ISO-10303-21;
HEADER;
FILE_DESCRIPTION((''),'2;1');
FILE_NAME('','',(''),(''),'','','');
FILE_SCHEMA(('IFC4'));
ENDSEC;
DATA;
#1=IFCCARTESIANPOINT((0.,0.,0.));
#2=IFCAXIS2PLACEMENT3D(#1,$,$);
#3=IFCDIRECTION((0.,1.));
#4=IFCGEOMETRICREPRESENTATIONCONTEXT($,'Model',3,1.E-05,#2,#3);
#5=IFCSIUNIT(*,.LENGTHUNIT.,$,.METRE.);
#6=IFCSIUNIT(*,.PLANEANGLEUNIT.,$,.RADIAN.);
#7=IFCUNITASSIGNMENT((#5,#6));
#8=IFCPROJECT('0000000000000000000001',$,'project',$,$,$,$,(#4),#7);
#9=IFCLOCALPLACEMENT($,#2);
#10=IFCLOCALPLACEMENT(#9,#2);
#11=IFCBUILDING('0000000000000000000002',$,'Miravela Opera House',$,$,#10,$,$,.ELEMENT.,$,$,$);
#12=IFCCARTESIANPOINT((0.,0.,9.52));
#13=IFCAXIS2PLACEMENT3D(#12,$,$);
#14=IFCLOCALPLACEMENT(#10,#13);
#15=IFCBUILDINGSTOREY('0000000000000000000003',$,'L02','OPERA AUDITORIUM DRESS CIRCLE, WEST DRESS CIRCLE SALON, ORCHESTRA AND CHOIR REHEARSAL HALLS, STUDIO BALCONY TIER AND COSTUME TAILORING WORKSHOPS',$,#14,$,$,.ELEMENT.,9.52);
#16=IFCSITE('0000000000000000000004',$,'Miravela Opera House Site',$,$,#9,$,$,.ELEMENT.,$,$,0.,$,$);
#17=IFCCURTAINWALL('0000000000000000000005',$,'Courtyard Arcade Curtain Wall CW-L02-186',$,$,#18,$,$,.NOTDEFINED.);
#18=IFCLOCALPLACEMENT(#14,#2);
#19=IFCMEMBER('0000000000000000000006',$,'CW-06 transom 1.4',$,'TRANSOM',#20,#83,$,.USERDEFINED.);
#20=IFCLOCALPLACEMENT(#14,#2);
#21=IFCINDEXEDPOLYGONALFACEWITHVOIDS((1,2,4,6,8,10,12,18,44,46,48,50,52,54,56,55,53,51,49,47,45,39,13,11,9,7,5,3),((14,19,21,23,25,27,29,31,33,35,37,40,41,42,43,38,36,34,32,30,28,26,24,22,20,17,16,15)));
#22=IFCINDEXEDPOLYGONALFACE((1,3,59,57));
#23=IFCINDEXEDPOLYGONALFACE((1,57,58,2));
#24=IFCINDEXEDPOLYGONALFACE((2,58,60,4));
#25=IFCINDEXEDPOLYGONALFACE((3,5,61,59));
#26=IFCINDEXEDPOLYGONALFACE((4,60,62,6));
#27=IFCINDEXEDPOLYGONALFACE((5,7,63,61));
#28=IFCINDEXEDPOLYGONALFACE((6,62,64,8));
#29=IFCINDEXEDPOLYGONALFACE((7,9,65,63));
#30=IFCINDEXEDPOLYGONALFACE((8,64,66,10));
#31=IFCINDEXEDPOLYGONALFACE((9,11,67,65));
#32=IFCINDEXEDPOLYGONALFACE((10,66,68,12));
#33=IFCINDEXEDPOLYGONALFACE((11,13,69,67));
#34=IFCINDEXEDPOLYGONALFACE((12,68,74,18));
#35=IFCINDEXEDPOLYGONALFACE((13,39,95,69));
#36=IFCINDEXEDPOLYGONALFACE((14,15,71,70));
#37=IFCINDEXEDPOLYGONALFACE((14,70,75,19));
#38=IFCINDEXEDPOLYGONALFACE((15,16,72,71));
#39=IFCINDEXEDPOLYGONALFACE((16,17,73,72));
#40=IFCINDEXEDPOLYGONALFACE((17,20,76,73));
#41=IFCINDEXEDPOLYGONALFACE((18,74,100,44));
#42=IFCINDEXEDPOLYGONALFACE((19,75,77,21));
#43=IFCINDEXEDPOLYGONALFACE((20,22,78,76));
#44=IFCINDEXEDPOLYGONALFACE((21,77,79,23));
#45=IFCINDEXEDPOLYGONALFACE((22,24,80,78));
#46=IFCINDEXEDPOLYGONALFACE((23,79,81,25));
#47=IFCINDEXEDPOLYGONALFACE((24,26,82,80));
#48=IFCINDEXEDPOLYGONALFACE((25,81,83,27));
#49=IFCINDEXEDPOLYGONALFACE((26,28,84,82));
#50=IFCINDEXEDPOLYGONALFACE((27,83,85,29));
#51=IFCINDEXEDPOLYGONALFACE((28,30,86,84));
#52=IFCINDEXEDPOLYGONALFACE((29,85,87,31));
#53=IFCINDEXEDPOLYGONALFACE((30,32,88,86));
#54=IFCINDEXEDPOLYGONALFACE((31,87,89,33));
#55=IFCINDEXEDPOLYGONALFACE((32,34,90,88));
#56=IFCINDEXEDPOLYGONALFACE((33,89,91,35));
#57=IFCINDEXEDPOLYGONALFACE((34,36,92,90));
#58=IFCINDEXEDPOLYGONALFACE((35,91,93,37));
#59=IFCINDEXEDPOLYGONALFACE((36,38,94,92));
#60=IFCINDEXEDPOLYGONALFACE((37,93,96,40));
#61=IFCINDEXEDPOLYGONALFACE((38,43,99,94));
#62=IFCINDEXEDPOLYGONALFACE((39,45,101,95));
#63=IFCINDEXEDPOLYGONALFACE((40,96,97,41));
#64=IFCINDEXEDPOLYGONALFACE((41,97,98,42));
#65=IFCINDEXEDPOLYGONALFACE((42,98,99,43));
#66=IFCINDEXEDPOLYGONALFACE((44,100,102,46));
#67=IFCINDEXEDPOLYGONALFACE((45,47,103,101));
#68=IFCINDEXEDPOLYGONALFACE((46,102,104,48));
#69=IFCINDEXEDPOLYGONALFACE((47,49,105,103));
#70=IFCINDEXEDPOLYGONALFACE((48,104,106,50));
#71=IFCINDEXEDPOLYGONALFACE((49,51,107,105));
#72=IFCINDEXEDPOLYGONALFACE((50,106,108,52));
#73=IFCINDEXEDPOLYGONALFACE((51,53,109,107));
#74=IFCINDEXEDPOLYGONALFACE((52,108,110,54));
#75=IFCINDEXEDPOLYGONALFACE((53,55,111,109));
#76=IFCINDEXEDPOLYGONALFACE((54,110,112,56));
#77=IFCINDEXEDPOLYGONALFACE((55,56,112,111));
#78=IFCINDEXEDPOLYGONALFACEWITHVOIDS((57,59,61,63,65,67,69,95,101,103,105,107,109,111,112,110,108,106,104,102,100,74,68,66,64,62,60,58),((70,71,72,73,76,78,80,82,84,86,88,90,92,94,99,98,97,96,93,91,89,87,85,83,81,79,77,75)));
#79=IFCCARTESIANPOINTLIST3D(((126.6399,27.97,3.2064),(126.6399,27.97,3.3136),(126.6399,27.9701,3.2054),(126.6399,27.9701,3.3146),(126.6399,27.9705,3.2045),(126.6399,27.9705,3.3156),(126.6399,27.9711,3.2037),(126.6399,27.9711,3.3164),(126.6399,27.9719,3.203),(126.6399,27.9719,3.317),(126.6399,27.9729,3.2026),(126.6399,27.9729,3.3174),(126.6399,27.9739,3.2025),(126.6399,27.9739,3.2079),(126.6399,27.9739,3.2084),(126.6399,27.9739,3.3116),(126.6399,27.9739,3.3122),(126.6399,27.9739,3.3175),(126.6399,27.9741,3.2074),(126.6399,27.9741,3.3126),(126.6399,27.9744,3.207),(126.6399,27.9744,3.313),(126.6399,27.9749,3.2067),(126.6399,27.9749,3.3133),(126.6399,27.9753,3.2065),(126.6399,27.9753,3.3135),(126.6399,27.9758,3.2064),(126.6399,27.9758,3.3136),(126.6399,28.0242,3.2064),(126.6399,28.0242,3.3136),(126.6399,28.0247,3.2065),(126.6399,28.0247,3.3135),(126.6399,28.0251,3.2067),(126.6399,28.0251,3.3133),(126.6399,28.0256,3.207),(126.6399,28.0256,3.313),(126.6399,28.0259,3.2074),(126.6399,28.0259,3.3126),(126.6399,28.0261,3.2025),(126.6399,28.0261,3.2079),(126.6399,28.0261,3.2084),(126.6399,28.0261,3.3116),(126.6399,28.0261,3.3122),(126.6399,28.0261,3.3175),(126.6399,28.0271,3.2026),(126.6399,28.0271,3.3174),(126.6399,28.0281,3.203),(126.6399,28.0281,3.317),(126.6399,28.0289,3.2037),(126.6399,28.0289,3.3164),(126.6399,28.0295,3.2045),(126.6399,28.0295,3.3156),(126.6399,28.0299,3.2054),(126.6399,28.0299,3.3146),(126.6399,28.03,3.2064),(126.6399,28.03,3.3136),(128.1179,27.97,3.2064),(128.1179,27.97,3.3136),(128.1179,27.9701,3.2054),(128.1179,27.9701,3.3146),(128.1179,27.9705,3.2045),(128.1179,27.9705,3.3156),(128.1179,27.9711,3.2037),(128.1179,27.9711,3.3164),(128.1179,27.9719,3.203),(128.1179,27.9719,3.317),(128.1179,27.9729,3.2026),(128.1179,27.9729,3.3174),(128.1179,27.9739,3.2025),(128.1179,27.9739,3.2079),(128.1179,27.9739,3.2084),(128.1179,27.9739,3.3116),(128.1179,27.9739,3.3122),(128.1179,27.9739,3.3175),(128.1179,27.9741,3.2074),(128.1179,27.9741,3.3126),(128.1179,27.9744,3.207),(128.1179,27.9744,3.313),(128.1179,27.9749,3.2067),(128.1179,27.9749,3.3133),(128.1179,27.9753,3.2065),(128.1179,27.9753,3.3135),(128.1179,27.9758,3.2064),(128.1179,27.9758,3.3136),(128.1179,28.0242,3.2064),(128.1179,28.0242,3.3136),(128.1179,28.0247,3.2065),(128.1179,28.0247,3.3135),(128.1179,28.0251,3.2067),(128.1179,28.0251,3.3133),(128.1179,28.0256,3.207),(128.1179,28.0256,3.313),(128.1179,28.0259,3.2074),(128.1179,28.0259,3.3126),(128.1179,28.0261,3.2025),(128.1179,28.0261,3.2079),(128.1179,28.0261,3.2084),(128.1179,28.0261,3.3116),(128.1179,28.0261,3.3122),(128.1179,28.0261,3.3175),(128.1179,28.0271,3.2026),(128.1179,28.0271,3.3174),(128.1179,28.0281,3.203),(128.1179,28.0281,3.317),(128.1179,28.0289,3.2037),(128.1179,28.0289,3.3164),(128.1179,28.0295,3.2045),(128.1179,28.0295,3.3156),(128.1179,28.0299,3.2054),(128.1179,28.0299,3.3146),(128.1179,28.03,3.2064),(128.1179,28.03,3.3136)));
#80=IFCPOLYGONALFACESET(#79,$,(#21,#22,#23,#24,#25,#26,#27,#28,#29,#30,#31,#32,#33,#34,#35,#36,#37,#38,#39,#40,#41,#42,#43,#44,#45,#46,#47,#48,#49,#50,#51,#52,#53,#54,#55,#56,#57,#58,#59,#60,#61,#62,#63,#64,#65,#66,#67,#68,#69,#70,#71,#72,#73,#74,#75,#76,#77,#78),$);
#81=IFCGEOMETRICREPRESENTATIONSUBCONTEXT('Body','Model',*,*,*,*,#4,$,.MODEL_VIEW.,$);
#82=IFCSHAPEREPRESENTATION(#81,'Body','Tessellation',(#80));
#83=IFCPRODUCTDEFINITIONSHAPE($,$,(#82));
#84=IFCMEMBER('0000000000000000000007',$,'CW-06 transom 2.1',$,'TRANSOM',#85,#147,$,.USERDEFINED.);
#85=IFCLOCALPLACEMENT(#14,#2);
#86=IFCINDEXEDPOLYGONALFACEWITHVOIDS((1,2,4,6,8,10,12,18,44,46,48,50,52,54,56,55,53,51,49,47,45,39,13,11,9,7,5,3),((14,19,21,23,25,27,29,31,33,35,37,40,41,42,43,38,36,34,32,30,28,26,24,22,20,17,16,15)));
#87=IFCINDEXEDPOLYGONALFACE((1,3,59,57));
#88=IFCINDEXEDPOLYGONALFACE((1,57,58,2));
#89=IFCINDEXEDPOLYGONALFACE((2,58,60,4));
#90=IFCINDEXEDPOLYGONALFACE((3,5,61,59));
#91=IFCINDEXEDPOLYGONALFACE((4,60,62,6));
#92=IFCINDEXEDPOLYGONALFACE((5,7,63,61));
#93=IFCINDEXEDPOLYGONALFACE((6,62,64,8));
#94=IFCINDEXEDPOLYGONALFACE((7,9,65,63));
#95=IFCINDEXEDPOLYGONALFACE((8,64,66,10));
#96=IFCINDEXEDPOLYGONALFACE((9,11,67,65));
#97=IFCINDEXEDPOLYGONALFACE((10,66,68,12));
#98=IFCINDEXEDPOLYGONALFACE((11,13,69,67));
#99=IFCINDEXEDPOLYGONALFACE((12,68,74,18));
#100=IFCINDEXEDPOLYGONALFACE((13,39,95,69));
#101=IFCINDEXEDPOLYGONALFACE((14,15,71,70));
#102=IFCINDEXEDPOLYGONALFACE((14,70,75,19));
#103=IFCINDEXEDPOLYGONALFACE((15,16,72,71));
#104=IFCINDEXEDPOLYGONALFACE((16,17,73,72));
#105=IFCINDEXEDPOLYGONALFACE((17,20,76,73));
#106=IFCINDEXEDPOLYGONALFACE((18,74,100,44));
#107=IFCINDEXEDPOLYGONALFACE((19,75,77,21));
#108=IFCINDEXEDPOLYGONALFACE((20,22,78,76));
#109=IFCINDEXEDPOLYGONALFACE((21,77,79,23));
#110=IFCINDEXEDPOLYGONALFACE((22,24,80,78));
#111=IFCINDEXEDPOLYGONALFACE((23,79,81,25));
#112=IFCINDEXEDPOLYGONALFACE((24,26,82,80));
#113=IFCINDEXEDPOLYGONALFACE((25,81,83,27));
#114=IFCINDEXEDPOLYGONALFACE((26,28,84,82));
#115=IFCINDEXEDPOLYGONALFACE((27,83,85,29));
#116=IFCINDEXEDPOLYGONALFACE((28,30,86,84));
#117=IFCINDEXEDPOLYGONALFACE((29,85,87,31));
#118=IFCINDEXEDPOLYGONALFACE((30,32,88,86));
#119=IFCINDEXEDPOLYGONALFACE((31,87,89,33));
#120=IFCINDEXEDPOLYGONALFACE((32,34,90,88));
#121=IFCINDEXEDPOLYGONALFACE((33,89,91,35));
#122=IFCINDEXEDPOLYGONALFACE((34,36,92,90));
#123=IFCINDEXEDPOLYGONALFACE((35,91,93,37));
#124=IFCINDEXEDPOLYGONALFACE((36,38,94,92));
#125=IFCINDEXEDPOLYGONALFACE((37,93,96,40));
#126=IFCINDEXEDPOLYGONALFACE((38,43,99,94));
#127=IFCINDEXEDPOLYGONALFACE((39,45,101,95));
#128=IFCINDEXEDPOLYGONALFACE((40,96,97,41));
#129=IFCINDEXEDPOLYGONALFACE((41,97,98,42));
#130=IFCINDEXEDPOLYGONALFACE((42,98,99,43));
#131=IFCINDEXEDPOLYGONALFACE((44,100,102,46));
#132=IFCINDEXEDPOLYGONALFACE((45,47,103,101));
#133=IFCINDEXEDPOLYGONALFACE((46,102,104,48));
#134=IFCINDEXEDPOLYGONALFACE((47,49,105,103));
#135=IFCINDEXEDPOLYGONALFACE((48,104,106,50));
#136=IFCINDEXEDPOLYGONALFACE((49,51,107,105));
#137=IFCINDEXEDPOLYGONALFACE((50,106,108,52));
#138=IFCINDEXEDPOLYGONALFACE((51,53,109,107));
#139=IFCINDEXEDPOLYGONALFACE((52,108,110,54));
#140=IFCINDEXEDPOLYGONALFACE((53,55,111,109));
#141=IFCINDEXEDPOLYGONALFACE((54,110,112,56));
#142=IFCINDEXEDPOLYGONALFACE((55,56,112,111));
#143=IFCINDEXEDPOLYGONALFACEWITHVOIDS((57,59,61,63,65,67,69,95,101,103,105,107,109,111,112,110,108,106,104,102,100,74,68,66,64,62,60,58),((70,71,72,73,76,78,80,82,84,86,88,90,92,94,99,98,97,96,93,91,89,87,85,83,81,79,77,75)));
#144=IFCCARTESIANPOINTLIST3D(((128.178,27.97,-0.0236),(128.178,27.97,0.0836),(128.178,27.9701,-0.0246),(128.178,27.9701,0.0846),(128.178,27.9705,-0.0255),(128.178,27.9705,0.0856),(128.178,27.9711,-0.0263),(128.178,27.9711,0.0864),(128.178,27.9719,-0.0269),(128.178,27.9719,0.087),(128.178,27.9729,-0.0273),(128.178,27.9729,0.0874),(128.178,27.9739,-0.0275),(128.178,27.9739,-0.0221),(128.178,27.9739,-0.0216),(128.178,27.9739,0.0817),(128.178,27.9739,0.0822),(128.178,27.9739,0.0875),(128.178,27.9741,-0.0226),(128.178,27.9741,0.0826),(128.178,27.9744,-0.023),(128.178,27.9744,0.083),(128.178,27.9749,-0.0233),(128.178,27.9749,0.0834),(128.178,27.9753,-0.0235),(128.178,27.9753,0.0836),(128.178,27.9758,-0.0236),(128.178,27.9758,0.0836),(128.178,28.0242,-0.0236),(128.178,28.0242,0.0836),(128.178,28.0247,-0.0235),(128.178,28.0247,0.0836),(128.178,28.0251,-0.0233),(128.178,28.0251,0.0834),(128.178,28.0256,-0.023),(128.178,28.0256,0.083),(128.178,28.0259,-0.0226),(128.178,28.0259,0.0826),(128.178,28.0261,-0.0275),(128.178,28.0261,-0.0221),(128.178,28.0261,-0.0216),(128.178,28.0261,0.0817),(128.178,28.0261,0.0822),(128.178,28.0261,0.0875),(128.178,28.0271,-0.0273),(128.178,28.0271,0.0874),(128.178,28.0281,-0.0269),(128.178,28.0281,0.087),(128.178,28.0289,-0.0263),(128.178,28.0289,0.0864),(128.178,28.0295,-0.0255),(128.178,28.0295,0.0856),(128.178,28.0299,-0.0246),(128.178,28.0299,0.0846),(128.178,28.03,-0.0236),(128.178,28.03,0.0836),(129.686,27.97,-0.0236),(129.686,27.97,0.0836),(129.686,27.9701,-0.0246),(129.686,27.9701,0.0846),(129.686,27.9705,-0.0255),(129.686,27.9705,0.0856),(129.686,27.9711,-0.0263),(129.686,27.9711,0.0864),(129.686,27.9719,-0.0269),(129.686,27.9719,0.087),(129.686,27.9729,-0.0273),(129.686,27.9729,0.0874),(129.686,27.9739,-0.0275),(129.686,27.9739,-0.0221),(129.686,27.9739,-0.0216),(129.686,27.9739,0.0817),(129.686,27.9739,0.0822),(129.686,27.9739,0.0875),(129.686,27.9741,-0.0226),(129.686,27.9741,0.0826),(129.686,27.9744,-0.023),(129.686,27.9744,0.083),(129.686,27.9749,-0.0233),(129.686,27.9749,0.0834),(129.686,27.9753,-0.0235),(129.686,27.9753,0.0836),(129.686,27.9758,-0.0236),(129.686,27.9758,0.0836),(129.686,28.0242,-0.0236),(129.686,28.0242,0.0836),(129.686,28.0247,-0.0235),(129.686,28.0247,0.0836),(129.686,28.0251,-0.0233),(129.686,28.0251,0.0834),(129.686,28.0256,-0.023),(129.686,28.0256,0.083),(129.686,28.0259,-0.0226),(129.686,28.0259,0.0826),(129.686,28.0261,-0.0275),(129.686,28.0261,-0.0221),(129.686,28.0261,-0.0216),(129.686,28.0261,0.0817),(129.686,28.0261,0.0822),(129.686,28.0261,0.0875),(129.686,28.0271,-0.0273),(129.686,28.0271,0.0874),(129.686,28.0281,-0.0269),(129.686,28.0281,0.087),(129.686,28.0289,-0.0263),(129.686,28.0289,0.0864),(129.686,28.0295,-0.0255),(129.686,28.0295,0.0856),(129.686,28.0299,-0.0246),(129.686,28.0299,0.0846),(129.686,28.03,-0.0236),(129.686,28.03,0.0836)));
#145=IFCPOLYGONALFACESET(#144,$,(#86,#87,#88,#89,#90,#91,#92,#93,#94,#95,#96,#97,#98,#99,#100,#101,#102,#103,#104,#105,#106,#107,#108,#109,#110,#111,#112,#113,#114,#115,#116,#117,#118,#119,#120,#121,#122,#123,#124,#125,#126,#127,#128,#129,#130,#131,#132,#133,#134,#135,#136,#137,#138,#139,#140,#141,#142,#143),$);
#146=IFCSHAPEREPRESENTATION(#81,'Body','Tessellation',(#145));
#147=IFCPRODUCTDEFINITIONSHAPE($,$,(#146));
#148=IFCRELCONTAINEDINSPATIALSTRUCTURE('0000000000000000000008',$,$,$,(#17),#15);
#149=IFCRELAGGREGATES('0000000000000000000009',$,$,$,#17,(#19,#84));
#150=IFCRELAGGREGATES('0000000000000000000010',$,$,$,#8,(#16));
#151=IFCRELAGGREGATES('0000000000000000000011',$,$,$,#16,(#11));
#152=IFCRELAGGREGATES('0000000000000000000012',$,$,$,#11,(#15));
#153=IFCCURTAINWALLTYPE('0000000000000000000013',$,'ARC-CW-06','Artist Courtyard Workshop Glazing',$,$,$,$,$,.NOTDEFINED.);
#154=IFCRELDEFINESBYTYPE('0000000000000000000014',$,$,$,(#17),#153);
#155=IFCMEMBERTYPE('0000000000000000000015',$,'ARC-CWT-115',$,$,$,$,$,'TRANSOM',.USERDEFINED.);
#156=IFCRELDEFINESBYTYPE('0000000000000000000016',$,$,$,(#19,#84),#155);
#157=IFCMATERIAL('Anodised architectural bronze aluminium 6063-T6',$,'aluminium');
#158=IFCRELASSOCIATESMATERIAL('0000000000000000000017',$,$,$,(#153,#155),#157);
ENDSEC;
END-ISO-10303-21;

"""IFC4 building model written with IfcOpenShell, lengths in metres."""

from ifc_helpers import new_model, si_unit, direction, frame, origin, origin_2d, place, context, subcontext, project, spatial, hollow_rectangle, extrude, material, material_profile, profile_set, type_object, element, aggregate, save


model = new_model("IFC4")

# Units and contexts
model_context = context("Model", 3, precision=1e-05, world=origin(), true_north=direction((0.0, 1.0)))
body_context = subcontext(model_context, "Body", "Model", "MODEL_VIEW")
ifc_project = project(units=[si_unit("LENGTHUNIT", "METRE"), si_unit("PLANEANGLEUNIT", "RADIAN")], contexts=[model_context])

# Site, building, storey
site_placement = place(None, origin())
site = spatial("IfcSite", under=ifc_project, at=site_placement, Name="Miravela Opera House Site", CompositionType="ELEMENT", RefElevation=0.0)
building_placement = place(site_placement, origin())
building = spatial("IfcBuilding", under=site, at=building_placement, Name="Miravela Opera House", CompositionType="ELEMENT")
storey_placement = place(building_placement, frame((0.0, 0.0, 9.52)))
storey = spatial("IfcBuildingStorey", under=building, at=storey_placement, Name="L02", Description="OPERA AUDITORIUM DRESS CIRCLE, WEST DRESS CIRCLE SALON, ORCHESTRA AND CHOIR REHEARSAL HALLS, STUDIO BALCONY TIER AND COSTUME TAILORING WORKSHOPS", CompositionType="ELEMENT", Elevation=9.52)

# Curtain wall, members
ifc_material_1 = material(Name="Anodised architectural bronze aluminium 6063-T6", Category="aluminium")
curtain_wall_type = type_object("IfcCurtainWallType", Name="ARC-CW-06", Description="Artist Courtyard Workshop Glazing", PredefinedType="NOTDEFINED", material=ifc_material_1)
curtain_wall_placement = place(storey_placement, origin())
curtain_wall = element("IfcCurtainWall", 1, at=curtain_wall_placement, inside=storey, type_object=curtain_wall_type, Name="Courtyard Arcade Curtain Wall CW-L02-186", PredefinedType="NOTDEFINED")
ifc_material_profile_1 = material_profile(ifc_material_1, hollow_rectangle(XDim=0.0601, YDim=0.115, WallThickness=0.0039, InnerFilletRadius=0.002, OuterFilletRadius=0.0039, at=origin_2d()), Name="CWT-60X115")
ifc_profile_set_1 = profile_set([ifc_material_profile_1])
member_type_1 = type_object("IfcMemberType", Name="ARC-CWT-115", ElementType="TRANSOM", PredefinedType="USERDEFINED", material=ifc_profile_set_1)
member_1_placement = place(storey_placement, frame((126.6399, 28.0, 3.26), z_axis=(1.0, 0.0, 0.0), x_axis=(0.0, 1.0, 0.0)))
member_1 = element("IfcMember", 2, at=member_1_placement, type_object=member_type_1, Name="CW-06 transom 1.4", ObjectType="TRANSOM", PredefinedType="USERDEFINED", context=body_context, shape_type="SweptSolid", body=[
    extrude(hollow_rectangle(XDim=0.0601, YDim=0.115, WallThickness=0.0039, InnerFilletRadius=0.002, OuterFilletRadius=0.0039, at=origin_2d()), origin(), (0.0, 0.0, 1.0), 1.478),
])
member_2_placement = place(storey_placement, frame((128.178, 28.0, 0.03), z_axis=(1.0, 0.0, 0.0), x_axis=(0.0, 1.0, 0.0)))
member_2 = element("IfcMember", 3, at=member_2_placement, type_object=member_type_1, Name="CW-06 transom 2.1", ObjectType="TRANSOM", PredefinedType="USERDEFINED", context=body_context, shape_type="SweptSolid", body=[
    extrude(hollow_rectangle(XDim=0.0601, YDim=0.115, WallThickness=0.0039, InnerFilletRadius=0.002, OuterFilletRadius=0.0039, at=origin_2d()), origin(), (0.0, 0.0, 1.0), 1.5081),
])

aggregate(curtain_wall, [member_1, member_2])

save(model, "model.ifc")
